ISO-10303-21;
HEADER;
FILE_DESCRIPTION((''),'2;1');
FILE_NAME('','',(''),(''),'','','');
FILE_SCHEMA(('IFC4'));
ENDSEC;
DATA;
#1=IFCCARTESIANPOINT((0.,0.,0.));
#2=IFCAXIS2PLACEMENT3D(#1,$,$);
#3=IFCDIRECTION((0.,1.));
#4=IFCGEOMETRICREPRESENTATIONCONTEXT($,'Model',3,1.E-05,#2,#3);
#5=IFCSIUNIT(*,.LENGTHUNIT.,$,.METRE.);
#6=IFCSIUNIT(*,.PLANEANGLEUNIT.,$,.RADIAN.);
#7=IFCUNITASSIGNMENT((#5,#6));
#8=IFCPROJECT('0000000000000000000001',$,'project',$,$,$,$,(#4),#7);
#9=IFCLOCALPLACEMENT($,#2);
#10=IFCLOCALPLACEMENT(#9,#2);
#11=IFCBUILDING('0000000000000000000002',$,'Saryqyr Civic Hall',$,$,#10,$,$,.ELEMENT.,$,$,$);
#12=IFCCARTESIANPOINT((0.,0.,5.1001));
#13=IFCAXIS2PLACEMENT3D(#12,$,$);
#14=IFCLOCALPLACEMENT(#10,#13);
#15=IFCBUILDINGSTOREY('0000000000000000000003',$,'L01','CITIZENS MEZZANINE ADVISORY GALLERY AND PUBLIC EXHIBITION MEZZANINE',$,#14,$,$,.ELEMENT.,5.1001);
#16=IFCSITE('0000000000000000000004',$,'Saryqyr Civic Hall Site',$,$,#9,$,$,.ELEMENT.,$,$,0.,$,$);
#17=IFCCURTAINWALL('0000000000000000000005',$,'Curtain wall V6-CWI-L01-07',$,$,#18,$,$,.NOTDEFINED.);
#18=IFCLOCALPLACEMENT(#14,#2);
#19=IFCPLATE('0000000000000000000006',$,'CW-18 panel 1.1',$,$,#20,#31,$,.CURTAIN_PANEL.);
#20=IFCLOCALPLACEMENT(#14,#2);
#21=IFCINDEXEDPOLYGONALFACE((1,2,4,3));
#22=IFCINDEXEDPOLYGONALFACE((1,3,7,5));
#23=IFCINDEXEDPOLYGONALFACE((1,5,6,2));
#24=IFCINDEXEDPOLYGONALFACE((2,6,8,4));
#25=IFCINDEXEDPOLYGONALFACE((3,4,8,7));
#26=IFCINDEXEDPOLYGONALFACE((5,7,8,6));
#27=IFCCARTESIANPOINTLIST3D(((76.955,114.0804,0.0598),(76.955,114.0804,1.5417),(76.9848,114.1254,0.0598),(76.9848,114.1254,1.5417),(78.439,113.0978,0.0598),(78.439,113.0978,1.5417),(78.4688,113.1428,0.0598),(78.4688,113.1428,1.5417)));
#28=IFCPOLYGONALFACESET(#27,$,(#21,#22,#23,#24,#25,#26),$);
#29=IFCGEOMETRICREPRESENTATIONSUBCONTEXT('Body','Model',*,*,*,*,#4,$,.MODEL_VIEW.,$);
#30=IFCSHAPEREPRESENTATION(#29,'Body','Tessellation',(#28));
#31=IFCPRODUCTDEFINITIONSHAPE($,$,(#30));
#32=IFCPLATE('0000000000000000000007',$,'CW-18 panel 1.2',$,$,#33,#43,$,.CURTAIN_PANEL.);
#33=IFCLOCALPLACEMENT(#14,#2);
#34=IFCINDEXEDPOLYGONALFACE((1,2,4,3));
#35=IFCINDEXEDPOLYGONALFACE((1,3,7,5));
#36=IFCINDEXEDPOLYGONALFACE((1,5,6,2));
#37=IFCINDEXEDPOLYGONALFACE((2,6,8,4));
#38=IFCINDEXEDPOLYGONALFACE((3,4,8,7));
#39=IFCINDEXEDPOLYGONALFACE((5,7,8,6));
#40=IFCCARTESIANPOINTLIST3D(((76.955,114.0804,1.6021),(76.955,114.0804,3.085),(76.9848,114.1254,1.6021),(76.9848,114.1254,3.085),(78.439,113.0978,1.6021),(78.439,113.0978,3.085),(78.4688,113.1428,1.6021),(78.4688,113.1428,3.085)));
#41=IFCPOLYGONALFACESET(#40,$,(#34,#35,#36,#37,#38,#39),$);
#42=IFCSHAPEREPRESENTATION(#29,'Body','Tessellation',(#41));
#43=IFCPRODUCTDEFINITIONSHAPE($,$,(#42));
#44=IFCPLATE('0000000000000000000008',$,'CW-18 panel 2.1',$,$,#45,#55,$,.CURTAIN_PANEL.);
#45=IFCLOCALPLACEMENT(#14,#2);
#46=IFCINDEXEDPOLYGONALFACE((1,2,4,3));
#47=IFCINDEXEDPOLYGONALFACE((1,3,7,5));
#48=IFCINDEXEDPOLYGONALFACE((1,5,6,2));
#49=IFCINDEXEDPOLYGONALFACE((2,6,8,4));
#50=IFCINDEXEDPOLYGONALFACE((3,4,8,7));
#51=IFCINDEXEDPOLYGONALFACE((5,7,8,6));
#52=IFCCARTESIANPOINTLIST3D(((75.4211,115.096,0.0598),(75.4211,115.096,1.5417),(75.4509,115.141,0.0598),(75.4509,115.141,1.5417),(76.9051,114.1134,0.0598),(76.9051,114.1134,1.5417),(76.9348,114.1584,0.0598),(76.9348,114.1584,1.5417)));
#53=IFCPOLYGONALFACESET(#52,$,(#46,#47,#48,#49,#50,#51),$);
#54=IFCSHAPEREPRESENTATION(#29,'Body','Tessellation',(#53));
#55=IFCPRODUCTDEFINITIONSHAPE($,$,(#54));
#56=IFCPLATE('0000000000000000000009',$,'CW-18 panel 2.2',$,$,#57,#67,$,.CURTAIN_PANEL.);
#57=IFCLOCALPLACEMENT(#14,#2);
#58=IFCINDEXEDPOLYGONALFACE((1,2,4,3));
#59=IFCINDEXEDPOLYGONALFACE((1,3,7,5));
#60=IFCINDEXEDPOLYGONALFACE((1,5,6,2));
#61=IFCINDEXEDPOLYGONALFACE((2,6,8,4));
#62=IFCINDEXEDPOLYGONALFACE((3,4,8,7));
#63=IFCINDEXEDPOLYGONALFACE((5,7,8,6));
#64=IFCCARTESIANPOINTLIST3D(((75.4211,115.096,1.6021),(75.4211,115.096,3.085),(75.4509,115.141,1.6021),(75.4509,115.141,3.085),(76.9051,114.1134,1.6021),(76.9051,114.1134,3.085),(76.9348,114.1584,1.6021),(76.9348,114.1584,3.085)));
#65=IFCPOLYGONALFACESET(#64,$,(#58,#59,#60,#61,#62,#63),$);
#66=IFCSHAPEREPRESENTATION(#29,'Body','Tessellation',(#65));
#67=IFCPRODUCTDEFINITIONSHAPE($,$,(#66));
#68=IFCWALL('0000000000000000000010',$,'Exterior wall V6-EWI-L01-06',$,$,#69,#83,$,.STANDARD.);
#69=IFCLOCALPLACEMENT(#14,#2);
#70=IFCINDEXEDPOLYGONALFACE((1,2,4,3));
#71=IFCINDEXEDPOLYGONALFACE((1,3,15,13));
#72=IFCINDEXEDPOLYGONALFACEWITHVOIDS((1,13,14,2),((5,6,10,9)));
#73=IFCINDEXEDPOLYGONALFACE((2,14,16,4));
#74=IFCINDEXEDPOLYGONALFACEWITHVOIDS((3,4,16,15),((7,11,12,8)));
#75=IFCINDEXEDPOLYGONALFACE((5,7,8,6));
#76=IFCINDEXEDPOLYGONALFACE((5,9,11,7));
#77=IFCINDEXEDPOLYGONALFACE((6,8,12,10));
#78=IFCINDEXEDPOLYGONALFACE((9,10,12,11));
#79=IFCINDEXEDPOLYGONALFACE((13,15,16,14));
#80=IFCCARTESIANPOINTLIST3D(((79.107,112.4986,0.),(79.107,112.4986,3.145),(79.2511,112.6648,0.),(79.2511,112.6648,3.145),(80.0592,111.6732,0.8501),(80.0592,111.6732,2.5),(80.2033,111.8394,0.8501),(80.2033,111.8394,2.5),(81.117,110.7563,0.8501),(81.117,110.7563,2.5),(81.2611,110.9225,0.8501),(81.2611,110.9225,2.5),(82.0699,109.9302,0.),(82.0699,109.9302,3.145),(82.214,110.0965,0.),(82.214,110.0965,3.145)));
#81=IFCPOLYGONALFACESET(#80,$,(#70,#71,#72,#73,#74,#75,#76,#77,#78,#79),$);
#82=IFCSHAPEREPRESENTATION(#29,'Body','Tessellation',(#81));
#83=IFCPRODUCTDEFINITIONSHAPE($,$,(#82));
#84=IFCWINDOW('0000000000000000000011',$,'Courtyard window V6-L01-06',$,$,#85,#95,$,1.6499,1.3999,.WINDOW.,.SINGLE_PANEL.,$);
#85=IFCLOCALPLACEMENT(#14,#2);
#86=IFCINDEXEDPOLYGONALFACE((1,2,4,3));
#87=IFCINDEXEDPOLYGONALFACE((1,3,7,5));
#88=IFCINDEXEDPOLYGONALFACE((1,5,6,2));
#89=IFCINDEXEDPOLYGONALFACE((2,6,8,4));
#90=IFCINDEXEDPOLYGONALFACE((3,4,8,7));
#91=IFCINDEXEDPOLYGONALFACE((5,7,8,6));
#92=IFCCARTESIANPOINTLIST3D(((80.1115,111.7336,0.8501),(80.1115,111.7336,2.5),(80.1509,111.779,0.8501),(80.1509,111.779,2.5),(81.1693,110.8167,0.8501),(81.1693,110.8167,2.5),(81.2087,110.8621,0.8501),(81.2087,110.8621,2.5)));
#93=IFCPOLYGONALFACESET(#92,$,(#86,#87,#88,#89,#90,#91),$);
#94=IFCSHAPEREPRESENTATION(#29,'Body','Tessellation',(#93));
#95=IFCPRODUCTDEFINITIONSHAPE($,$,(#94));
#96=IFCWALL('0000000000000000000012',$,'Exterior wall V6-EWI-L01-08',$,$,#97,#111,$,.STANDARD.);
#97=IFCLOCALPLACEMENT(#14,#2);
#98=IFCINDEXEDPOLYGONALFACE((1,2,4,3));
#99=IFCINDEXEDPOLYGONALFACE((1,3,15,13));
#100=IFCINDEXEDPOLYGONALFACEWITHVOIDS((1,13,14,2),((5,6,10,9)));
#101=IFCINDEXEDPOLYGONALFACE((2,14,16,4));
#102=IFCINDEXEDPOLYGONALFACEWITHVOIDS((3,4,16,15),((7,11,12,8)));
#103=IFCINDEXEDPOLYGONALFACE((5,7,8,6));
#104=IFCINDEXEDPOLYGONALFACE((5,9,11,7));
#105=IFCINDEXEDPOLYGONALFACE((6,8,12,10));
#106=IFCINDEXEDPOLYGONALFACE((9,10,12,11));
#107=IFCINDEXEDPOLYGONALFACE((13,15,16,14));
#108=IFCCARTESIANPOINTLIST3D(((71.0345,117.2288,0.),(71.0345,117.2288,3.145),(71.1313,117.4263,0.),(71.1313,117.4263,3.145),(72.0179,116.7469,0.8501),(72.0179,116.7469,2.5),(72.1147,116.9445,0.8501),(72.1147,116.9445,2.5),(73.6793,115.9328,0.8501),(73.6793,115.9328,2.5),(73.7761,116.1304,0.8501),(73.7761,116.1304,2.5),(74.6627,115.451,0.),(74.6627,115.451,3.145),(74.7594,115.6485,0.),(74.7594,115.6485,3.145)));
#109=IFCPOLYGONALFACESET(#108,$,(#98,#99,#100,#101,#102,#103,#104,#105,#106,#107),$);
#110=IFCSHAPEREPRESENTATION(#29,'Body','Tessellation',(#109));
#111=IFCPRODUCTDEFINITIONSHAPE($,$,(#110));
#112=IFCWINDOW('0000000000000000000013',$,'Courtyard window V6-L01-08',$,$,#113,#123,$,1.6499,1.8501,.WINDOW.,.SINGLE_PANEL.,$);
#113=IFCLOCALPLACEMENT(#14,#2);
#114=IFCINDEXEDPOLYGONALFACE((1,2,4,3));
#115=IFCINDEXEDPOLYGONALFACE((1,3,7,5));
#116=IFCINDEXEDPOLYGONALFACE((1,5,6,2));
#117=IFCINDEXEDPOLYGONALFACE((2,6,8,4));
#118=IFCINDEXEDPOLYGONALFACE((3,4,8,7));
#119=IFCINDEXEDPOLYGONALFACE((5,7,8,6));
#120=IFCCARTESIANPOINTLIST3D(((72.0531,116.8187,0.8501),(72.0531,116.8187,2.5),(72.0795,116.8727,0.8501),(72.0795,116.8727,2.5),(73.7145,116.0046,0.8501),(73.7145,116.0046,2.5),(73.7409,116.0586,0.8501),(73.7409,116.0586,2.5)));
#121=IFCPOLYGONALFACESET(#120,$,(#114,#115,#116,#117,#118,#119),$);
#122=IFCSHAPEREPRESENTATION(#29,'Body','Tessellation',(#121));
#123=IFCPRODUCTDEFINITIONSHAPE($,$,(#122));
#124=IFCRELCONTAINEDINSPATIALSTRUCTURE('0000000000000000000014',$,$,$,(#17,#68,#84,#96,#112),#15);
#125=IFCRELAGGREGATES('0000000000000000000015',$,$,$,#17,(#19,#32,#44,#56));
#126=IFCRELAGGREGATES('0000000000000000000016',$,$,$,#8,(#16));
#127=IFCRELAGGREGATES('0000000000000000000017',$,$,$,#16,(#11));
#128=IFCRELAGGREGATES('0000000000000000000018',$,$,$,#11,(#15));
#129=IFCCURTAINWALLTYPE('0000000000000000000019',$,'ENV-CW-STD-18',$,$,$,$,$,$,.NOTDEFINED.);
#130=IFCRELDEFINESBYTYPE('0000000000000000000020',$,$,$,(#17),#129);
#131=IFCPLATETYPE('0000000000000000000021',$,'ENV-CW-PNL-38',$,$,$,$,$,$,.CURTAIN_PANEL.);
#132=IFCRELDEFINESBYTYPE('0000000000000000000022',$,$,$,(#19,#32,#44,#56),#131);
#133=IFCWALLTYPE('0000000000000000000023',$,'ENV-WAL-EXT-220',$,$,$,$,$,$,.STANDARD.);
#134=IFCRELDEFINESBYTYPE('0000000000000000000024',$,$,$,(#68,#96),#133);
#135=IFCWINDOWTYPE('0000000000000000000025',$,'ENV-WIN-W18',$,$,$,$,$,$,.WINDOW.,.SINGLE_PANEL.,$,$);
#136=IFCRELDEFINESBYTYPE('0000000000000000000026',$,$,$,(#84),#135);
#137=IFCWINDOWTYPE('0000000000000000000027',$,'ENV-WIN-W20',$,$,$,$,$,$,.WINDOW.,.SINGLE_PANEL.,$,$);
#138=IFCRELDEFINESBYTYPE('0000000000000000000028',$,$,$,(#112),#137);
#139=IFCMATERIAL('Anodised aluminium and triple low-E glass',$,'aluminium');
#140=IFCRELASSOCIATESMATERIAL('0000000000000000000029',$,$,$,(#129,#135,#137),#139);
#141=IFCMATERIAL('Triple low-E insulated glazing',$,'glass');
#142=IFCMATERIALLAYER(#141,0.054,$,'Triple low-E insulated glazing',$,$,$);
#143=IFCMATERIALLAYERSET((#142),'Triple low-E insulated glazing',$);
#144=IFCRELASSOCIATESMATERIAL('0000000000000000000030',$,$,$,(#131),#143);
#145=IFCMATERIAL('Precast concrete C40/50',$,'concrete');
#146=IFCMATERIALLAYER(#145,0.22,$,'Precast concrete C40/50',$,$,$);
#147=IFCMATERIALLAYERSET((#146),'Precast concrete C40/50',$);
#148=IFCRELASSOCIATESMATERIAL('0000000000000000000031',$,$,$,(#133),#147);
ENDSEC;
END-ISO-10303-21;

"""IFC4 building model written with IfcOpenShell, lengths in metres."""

from ifc_helpers import new_model, si_unit, direction, frame, frame_2d, origin, origin_2d, place, context, subcontext, project, spatial, rectangle, extrude, material, layer, layer_set, type_object, element, fill, aggregate, save


model = new_model("IFC4")

# Units and contexts
model_context = context("Model", 3, precision=1e-05, world=origin(), true_north=direction((0.0, 1.0)))
body_context = subcontext(model_context, "Body", "Model", "MODEL_VIEW")
ifc_project = project(units=[si_unit("LENGTHUNIT", "METRE"), si_unit("PLANEANGLEUNIT", "RADIAN")], contexts=[model_context])

# Site, building, storey
site_placement = place(None, origin())
site = spatial("IfcSite", under=ifc_project, at=site_placement, Name="Saryqyr Civic Hall Site", CompositionType="ELEMENT", RefElevation=0.0)
building_placement = place(site_placement, origin())
building = spatial("IfcBuilding", under=site, at=building_placement, Name="Saryqyr Civic Hall", CompositionType="ELEMENT")
storey_placement = place(building_placement, frame((0.0, 0.0, 5.1001)))
storey = spatial("IfcBuildingStorey", under=building, at=storey_placement, Name="L01", Description="CITIZENS MEZZANINE ADVISORY GALLERY AND PUBLIC EXHIBITION MEZZANINE", CompositionType="ELEMENT", Elevation=5.1001)

# Curtain wall
ifc_material_1 = material(Name="Anodised aluminium and triple low-E glass", Category="aluminium")
curtain_wall_type_1 = type_object("IfcCurtainWallType", Name="ENV-CW-STD-18", PredefinedType="NOTDEFINED", material=ifc_material_1)
curtain_wall_1_placement = place(storey_placement, origin())
curtain_wall_1 = element("IfcCurtainWall", 1, at=curtain_wall_1_placement, inside=storey, type_object=curtain_wall_type_1, Name="Curtain wall V6-CWI-L01-07", PredefinedType="NOTDEFINED")

# Plates
ifc_material_2 = material(Name="Triple low-E insulated glazing", Category="glass")
ifc_layer_1 = layer(ifc_material_2, 0.054, Name="Triple low-E insulated glazing")
ifc_layer_set_1 = layer_set([ifc_layer_1], Name="Triple low-E insulated glazing")
plate_type = type_object("IfcPlateType", Name="ENV-CW-PNL-38", PredefinedType="CURTAIN_PANEL", material=ifc_layer_set_1)
plate_1_placement = place(storey_placement, frame((77.7119, 113.6116, 0.0598), z_axis=(0.0, 0.0, 1.0), x_axis=(-0.833778, 0.5521, 0.0)))
plate_1 = element("IfcPlate", 2, at=plate_1_placement, type_object=plate_type, Name="CW-18 panel 1.1", PredefinedType="CURTAIN_PANEL", context=body_context, shape_type="SweptSolid", body=[
    extrude(rectangle(XDim=1.7798, YDim=0.054, at=origin_2d()), origin(), (0.0, 0.0, 1.0), 1.4819),
])
plate_2_placement = place(storey_placement, frame((77.7119, 113.6116, 1.6021), z_axis=(0.0, 0.0, 1.0), x_axis=(-0.833778, 0.5521, 0.0)))
plate_2 = element("IfcPlate", 3, at=plate_2_placement, type_object=plate_type, Name="CW-18 panel 1.2", PredefinedType="CURTAIN_PANEL", context=body_context, shape_type="SweptSolid", body=[
    extrude(rectangle(XDim=1.7798, YDim=0.054, at=origin_2d()), origin(), (0.0, 0.0, 1.0), 1.4829),
])
plate_3_placement = place(storey_placement, frame((76.178, 114.6272, 0.0598), z_axis=(0.0, 0.0, 1.0), x_axis=(-0.833778, 0.5521, 0.0)))
plate_3 = element("IfcPlate", 4, at=plate_3_placement, type_object=plate_type, Name="CW-18 panel 2.1", PredefinedType="CURTAIN_PANEL", context=body_context, shape_type="SweptSolid", body=[
    extrude(rectangle(XDim=1.7798, YDim=0.054, at=origin_2d()), origin(), (0.0, 0.0, 1.0), 1.4819),
])
plate_4_placement = place(storey_placement, frame((76.178, 114.6272, 1.6021), z_axis=(0.0, 0.0, 1.0), x_axis=(-0.833778, 0.5521, 0.0)))
plate_4 = element("IfcPlate", 5, at=plate_4_placement, type_object=plate_type, Name="CW-18 panel 2.2", PredefinedType="CURTAIN_PANEL", context=body_context, shape_type="SweptSolid", body=[
    extrude(rectangle(XDim=1.7798, YDim=0.054, at=origin_2d()), origin(), (0.0, 0.0, 1.0), 1.4829),
])
aggregate(curtain_wall_1, [plate_1, plate_2, plate_3, plate_4])

# Walls, openings, windows
ifc_material_3 = material(Name="Precast concrete C40/50", Category="concrete")
ifc_layer_2 = layer(ifc_material_3, 0.22, Name="Precast concrete C40/50")
ifc_layer_set_2 = layer_set([ifc_layer_2], Name="Precast concrete C40/50")
wall_type = type_object("IfcWallType", Name="ENV-WAL-EXT-220", PredefinedType="STANDARD", material=ifc_layer_set_2)
wall_1_placement = place(storey_placement, frame((82.1418, 110.0134, 0.0), z_axis=(0.0, 0.0, 1.0), x_axis=(-0.755623, 0.655006, 0.0)))
wall_1 = element("IfcWall", 6, at=wall_1_placement, inside=storey, type_object=wall_type, Name="Exterior wall V6-EWI-L01-06", PredefinedType="STANDARD", context=body_context, shape_type="SweptSolid", body=[
    extrude(rectangle(XDim=3.9211, YDim=0.22, at=frame_2d((1.9604, 0.0))), origin(), (0.0, 0.0, 1.0), 3.145),
])
opening_1_placement = place(wall_1_placement, frame((1.261, 0.0, 0.8501)))
opening_1 = element("IfcOpeningElement", 7, at=opening_1_placement, cuts=wall_1, PredefinedType="OPENING", context=body_context, shape_type="SweptSolid", body=[
    extrude(rectangle(XDim=1.3999, YDim=1.6499, at=frame_2d((0.7, 0.825))), frame((0.0, 0.1199, 0.0), z_axis=(0.0, -1.0, 0.0), x_axis=(1.0, 0.0, 0.0)), (0.0, 0.0, 1.0), 0.24),
])
window_type_1 = type_object("IfcWindowType", Name="ENV-WIN-W18", PartitioningType="SINGLE_PANEL", PredefinedType="WINDOW", material=ifc_material_1)
window_1_placement = place(opening_1_placement, origin())
window_1 = element("IfcWindow", 8, at=window_1_placement, inside=storey, type_object=window_type_1, Name="Courtyard window V6-L01-06", OverallHeight=1.6499, OverallWidth=1.3999, PartitioningType="SINGLE_PANEL", PredefinedType="WINDOW", context=body_context, shape_type="SweptSolid", body=[
    extrude(rectangle(XDim=1.3999, YDim=1.6499, at=frame_2d((0.7, 0.825))), frame((0.0, 0.03, 0.0), z_axis=(0.0, -1.0, 0.0), x_axis=(1.0, 0.0, 0.0)), (0.0, 0.0, 1.0), 0.0601),
])
fill(opening_1, window_1)
wall_2_placement = place(storey_placement, frame((74.7109, 115.5498, 0.0), z_axis=(0.0, 0.0, 1.0), x_axis=(-0.897988, 0.440021, 0.0)))
wall_2 = element("IfcWall", 9, at=wall_2_placement, inside=storey, type_object=wall_type, Name="Exterior wall V6-EWI-L01-08", PredefinedType="STANDARD", context=body_context, shape_type="SweptSolid", body=[
    extrude(rectangle(XDim=4.0403, YDim=0.22, at=frame_2d((2.02, 0.0))), origin(), (0.0, 0.0, 1.0), 3.145),
])
opening_2_placement = place(wall_2_placement, frame((1.095, 0.0, 0.8501)))
opening_2 = element("IfcOpeningElement", 10, at=opening_2_placement, cuts=wall_2, PredefinedType="OPENING", context=body_context, shape_type="SweptSolid", body=[
    extrude(rectangle(XDim=1.8501, YDim=1.6499, at=frame_2d((0.925, 0.825))), frame((0.0, 0.1199, 0.0), z_axis=(0.0, -1.0, 0.0), x_axis=(1.0, 0.0, 0.0)), (0.0, 0.0, 1.0), 0.24),
])
window_type_2 = type_object("IfcWindowType", Name="ENV-WIN-W20", PartitioningType="SINGLE_PANEL", PredefinedType="WINDOW", material=ifc_material_1)
window_2_placement = place(opening_2_placement, origin())
window_2 = element("IfcWindow", 11, at=window_2_placement, inside=storey, type_object=window_type_2, Name="Courtyard window V6-L01-08", OverallHeight=1.6499, OverallWidth=1.8501, PartitioningType="SINGLE_PANEL", PredefinedType="WINDOW", context=body_context, shape_type="SweptSolid", body=[
    extrude(rectangle(XDim=1.8501, YDim=1.6499, at=frame_2d((0.925, 0.825))), frame((0.0, 0.03, 0.0), z_axis=(0.0, -1.0, 0.0), x_axis=(1.0, 0.0, 0.0)), (0.0, 0.0, 1.0), 0.0601),
])
fill(opening_2, window_2)

save(model, "model.ifc")
